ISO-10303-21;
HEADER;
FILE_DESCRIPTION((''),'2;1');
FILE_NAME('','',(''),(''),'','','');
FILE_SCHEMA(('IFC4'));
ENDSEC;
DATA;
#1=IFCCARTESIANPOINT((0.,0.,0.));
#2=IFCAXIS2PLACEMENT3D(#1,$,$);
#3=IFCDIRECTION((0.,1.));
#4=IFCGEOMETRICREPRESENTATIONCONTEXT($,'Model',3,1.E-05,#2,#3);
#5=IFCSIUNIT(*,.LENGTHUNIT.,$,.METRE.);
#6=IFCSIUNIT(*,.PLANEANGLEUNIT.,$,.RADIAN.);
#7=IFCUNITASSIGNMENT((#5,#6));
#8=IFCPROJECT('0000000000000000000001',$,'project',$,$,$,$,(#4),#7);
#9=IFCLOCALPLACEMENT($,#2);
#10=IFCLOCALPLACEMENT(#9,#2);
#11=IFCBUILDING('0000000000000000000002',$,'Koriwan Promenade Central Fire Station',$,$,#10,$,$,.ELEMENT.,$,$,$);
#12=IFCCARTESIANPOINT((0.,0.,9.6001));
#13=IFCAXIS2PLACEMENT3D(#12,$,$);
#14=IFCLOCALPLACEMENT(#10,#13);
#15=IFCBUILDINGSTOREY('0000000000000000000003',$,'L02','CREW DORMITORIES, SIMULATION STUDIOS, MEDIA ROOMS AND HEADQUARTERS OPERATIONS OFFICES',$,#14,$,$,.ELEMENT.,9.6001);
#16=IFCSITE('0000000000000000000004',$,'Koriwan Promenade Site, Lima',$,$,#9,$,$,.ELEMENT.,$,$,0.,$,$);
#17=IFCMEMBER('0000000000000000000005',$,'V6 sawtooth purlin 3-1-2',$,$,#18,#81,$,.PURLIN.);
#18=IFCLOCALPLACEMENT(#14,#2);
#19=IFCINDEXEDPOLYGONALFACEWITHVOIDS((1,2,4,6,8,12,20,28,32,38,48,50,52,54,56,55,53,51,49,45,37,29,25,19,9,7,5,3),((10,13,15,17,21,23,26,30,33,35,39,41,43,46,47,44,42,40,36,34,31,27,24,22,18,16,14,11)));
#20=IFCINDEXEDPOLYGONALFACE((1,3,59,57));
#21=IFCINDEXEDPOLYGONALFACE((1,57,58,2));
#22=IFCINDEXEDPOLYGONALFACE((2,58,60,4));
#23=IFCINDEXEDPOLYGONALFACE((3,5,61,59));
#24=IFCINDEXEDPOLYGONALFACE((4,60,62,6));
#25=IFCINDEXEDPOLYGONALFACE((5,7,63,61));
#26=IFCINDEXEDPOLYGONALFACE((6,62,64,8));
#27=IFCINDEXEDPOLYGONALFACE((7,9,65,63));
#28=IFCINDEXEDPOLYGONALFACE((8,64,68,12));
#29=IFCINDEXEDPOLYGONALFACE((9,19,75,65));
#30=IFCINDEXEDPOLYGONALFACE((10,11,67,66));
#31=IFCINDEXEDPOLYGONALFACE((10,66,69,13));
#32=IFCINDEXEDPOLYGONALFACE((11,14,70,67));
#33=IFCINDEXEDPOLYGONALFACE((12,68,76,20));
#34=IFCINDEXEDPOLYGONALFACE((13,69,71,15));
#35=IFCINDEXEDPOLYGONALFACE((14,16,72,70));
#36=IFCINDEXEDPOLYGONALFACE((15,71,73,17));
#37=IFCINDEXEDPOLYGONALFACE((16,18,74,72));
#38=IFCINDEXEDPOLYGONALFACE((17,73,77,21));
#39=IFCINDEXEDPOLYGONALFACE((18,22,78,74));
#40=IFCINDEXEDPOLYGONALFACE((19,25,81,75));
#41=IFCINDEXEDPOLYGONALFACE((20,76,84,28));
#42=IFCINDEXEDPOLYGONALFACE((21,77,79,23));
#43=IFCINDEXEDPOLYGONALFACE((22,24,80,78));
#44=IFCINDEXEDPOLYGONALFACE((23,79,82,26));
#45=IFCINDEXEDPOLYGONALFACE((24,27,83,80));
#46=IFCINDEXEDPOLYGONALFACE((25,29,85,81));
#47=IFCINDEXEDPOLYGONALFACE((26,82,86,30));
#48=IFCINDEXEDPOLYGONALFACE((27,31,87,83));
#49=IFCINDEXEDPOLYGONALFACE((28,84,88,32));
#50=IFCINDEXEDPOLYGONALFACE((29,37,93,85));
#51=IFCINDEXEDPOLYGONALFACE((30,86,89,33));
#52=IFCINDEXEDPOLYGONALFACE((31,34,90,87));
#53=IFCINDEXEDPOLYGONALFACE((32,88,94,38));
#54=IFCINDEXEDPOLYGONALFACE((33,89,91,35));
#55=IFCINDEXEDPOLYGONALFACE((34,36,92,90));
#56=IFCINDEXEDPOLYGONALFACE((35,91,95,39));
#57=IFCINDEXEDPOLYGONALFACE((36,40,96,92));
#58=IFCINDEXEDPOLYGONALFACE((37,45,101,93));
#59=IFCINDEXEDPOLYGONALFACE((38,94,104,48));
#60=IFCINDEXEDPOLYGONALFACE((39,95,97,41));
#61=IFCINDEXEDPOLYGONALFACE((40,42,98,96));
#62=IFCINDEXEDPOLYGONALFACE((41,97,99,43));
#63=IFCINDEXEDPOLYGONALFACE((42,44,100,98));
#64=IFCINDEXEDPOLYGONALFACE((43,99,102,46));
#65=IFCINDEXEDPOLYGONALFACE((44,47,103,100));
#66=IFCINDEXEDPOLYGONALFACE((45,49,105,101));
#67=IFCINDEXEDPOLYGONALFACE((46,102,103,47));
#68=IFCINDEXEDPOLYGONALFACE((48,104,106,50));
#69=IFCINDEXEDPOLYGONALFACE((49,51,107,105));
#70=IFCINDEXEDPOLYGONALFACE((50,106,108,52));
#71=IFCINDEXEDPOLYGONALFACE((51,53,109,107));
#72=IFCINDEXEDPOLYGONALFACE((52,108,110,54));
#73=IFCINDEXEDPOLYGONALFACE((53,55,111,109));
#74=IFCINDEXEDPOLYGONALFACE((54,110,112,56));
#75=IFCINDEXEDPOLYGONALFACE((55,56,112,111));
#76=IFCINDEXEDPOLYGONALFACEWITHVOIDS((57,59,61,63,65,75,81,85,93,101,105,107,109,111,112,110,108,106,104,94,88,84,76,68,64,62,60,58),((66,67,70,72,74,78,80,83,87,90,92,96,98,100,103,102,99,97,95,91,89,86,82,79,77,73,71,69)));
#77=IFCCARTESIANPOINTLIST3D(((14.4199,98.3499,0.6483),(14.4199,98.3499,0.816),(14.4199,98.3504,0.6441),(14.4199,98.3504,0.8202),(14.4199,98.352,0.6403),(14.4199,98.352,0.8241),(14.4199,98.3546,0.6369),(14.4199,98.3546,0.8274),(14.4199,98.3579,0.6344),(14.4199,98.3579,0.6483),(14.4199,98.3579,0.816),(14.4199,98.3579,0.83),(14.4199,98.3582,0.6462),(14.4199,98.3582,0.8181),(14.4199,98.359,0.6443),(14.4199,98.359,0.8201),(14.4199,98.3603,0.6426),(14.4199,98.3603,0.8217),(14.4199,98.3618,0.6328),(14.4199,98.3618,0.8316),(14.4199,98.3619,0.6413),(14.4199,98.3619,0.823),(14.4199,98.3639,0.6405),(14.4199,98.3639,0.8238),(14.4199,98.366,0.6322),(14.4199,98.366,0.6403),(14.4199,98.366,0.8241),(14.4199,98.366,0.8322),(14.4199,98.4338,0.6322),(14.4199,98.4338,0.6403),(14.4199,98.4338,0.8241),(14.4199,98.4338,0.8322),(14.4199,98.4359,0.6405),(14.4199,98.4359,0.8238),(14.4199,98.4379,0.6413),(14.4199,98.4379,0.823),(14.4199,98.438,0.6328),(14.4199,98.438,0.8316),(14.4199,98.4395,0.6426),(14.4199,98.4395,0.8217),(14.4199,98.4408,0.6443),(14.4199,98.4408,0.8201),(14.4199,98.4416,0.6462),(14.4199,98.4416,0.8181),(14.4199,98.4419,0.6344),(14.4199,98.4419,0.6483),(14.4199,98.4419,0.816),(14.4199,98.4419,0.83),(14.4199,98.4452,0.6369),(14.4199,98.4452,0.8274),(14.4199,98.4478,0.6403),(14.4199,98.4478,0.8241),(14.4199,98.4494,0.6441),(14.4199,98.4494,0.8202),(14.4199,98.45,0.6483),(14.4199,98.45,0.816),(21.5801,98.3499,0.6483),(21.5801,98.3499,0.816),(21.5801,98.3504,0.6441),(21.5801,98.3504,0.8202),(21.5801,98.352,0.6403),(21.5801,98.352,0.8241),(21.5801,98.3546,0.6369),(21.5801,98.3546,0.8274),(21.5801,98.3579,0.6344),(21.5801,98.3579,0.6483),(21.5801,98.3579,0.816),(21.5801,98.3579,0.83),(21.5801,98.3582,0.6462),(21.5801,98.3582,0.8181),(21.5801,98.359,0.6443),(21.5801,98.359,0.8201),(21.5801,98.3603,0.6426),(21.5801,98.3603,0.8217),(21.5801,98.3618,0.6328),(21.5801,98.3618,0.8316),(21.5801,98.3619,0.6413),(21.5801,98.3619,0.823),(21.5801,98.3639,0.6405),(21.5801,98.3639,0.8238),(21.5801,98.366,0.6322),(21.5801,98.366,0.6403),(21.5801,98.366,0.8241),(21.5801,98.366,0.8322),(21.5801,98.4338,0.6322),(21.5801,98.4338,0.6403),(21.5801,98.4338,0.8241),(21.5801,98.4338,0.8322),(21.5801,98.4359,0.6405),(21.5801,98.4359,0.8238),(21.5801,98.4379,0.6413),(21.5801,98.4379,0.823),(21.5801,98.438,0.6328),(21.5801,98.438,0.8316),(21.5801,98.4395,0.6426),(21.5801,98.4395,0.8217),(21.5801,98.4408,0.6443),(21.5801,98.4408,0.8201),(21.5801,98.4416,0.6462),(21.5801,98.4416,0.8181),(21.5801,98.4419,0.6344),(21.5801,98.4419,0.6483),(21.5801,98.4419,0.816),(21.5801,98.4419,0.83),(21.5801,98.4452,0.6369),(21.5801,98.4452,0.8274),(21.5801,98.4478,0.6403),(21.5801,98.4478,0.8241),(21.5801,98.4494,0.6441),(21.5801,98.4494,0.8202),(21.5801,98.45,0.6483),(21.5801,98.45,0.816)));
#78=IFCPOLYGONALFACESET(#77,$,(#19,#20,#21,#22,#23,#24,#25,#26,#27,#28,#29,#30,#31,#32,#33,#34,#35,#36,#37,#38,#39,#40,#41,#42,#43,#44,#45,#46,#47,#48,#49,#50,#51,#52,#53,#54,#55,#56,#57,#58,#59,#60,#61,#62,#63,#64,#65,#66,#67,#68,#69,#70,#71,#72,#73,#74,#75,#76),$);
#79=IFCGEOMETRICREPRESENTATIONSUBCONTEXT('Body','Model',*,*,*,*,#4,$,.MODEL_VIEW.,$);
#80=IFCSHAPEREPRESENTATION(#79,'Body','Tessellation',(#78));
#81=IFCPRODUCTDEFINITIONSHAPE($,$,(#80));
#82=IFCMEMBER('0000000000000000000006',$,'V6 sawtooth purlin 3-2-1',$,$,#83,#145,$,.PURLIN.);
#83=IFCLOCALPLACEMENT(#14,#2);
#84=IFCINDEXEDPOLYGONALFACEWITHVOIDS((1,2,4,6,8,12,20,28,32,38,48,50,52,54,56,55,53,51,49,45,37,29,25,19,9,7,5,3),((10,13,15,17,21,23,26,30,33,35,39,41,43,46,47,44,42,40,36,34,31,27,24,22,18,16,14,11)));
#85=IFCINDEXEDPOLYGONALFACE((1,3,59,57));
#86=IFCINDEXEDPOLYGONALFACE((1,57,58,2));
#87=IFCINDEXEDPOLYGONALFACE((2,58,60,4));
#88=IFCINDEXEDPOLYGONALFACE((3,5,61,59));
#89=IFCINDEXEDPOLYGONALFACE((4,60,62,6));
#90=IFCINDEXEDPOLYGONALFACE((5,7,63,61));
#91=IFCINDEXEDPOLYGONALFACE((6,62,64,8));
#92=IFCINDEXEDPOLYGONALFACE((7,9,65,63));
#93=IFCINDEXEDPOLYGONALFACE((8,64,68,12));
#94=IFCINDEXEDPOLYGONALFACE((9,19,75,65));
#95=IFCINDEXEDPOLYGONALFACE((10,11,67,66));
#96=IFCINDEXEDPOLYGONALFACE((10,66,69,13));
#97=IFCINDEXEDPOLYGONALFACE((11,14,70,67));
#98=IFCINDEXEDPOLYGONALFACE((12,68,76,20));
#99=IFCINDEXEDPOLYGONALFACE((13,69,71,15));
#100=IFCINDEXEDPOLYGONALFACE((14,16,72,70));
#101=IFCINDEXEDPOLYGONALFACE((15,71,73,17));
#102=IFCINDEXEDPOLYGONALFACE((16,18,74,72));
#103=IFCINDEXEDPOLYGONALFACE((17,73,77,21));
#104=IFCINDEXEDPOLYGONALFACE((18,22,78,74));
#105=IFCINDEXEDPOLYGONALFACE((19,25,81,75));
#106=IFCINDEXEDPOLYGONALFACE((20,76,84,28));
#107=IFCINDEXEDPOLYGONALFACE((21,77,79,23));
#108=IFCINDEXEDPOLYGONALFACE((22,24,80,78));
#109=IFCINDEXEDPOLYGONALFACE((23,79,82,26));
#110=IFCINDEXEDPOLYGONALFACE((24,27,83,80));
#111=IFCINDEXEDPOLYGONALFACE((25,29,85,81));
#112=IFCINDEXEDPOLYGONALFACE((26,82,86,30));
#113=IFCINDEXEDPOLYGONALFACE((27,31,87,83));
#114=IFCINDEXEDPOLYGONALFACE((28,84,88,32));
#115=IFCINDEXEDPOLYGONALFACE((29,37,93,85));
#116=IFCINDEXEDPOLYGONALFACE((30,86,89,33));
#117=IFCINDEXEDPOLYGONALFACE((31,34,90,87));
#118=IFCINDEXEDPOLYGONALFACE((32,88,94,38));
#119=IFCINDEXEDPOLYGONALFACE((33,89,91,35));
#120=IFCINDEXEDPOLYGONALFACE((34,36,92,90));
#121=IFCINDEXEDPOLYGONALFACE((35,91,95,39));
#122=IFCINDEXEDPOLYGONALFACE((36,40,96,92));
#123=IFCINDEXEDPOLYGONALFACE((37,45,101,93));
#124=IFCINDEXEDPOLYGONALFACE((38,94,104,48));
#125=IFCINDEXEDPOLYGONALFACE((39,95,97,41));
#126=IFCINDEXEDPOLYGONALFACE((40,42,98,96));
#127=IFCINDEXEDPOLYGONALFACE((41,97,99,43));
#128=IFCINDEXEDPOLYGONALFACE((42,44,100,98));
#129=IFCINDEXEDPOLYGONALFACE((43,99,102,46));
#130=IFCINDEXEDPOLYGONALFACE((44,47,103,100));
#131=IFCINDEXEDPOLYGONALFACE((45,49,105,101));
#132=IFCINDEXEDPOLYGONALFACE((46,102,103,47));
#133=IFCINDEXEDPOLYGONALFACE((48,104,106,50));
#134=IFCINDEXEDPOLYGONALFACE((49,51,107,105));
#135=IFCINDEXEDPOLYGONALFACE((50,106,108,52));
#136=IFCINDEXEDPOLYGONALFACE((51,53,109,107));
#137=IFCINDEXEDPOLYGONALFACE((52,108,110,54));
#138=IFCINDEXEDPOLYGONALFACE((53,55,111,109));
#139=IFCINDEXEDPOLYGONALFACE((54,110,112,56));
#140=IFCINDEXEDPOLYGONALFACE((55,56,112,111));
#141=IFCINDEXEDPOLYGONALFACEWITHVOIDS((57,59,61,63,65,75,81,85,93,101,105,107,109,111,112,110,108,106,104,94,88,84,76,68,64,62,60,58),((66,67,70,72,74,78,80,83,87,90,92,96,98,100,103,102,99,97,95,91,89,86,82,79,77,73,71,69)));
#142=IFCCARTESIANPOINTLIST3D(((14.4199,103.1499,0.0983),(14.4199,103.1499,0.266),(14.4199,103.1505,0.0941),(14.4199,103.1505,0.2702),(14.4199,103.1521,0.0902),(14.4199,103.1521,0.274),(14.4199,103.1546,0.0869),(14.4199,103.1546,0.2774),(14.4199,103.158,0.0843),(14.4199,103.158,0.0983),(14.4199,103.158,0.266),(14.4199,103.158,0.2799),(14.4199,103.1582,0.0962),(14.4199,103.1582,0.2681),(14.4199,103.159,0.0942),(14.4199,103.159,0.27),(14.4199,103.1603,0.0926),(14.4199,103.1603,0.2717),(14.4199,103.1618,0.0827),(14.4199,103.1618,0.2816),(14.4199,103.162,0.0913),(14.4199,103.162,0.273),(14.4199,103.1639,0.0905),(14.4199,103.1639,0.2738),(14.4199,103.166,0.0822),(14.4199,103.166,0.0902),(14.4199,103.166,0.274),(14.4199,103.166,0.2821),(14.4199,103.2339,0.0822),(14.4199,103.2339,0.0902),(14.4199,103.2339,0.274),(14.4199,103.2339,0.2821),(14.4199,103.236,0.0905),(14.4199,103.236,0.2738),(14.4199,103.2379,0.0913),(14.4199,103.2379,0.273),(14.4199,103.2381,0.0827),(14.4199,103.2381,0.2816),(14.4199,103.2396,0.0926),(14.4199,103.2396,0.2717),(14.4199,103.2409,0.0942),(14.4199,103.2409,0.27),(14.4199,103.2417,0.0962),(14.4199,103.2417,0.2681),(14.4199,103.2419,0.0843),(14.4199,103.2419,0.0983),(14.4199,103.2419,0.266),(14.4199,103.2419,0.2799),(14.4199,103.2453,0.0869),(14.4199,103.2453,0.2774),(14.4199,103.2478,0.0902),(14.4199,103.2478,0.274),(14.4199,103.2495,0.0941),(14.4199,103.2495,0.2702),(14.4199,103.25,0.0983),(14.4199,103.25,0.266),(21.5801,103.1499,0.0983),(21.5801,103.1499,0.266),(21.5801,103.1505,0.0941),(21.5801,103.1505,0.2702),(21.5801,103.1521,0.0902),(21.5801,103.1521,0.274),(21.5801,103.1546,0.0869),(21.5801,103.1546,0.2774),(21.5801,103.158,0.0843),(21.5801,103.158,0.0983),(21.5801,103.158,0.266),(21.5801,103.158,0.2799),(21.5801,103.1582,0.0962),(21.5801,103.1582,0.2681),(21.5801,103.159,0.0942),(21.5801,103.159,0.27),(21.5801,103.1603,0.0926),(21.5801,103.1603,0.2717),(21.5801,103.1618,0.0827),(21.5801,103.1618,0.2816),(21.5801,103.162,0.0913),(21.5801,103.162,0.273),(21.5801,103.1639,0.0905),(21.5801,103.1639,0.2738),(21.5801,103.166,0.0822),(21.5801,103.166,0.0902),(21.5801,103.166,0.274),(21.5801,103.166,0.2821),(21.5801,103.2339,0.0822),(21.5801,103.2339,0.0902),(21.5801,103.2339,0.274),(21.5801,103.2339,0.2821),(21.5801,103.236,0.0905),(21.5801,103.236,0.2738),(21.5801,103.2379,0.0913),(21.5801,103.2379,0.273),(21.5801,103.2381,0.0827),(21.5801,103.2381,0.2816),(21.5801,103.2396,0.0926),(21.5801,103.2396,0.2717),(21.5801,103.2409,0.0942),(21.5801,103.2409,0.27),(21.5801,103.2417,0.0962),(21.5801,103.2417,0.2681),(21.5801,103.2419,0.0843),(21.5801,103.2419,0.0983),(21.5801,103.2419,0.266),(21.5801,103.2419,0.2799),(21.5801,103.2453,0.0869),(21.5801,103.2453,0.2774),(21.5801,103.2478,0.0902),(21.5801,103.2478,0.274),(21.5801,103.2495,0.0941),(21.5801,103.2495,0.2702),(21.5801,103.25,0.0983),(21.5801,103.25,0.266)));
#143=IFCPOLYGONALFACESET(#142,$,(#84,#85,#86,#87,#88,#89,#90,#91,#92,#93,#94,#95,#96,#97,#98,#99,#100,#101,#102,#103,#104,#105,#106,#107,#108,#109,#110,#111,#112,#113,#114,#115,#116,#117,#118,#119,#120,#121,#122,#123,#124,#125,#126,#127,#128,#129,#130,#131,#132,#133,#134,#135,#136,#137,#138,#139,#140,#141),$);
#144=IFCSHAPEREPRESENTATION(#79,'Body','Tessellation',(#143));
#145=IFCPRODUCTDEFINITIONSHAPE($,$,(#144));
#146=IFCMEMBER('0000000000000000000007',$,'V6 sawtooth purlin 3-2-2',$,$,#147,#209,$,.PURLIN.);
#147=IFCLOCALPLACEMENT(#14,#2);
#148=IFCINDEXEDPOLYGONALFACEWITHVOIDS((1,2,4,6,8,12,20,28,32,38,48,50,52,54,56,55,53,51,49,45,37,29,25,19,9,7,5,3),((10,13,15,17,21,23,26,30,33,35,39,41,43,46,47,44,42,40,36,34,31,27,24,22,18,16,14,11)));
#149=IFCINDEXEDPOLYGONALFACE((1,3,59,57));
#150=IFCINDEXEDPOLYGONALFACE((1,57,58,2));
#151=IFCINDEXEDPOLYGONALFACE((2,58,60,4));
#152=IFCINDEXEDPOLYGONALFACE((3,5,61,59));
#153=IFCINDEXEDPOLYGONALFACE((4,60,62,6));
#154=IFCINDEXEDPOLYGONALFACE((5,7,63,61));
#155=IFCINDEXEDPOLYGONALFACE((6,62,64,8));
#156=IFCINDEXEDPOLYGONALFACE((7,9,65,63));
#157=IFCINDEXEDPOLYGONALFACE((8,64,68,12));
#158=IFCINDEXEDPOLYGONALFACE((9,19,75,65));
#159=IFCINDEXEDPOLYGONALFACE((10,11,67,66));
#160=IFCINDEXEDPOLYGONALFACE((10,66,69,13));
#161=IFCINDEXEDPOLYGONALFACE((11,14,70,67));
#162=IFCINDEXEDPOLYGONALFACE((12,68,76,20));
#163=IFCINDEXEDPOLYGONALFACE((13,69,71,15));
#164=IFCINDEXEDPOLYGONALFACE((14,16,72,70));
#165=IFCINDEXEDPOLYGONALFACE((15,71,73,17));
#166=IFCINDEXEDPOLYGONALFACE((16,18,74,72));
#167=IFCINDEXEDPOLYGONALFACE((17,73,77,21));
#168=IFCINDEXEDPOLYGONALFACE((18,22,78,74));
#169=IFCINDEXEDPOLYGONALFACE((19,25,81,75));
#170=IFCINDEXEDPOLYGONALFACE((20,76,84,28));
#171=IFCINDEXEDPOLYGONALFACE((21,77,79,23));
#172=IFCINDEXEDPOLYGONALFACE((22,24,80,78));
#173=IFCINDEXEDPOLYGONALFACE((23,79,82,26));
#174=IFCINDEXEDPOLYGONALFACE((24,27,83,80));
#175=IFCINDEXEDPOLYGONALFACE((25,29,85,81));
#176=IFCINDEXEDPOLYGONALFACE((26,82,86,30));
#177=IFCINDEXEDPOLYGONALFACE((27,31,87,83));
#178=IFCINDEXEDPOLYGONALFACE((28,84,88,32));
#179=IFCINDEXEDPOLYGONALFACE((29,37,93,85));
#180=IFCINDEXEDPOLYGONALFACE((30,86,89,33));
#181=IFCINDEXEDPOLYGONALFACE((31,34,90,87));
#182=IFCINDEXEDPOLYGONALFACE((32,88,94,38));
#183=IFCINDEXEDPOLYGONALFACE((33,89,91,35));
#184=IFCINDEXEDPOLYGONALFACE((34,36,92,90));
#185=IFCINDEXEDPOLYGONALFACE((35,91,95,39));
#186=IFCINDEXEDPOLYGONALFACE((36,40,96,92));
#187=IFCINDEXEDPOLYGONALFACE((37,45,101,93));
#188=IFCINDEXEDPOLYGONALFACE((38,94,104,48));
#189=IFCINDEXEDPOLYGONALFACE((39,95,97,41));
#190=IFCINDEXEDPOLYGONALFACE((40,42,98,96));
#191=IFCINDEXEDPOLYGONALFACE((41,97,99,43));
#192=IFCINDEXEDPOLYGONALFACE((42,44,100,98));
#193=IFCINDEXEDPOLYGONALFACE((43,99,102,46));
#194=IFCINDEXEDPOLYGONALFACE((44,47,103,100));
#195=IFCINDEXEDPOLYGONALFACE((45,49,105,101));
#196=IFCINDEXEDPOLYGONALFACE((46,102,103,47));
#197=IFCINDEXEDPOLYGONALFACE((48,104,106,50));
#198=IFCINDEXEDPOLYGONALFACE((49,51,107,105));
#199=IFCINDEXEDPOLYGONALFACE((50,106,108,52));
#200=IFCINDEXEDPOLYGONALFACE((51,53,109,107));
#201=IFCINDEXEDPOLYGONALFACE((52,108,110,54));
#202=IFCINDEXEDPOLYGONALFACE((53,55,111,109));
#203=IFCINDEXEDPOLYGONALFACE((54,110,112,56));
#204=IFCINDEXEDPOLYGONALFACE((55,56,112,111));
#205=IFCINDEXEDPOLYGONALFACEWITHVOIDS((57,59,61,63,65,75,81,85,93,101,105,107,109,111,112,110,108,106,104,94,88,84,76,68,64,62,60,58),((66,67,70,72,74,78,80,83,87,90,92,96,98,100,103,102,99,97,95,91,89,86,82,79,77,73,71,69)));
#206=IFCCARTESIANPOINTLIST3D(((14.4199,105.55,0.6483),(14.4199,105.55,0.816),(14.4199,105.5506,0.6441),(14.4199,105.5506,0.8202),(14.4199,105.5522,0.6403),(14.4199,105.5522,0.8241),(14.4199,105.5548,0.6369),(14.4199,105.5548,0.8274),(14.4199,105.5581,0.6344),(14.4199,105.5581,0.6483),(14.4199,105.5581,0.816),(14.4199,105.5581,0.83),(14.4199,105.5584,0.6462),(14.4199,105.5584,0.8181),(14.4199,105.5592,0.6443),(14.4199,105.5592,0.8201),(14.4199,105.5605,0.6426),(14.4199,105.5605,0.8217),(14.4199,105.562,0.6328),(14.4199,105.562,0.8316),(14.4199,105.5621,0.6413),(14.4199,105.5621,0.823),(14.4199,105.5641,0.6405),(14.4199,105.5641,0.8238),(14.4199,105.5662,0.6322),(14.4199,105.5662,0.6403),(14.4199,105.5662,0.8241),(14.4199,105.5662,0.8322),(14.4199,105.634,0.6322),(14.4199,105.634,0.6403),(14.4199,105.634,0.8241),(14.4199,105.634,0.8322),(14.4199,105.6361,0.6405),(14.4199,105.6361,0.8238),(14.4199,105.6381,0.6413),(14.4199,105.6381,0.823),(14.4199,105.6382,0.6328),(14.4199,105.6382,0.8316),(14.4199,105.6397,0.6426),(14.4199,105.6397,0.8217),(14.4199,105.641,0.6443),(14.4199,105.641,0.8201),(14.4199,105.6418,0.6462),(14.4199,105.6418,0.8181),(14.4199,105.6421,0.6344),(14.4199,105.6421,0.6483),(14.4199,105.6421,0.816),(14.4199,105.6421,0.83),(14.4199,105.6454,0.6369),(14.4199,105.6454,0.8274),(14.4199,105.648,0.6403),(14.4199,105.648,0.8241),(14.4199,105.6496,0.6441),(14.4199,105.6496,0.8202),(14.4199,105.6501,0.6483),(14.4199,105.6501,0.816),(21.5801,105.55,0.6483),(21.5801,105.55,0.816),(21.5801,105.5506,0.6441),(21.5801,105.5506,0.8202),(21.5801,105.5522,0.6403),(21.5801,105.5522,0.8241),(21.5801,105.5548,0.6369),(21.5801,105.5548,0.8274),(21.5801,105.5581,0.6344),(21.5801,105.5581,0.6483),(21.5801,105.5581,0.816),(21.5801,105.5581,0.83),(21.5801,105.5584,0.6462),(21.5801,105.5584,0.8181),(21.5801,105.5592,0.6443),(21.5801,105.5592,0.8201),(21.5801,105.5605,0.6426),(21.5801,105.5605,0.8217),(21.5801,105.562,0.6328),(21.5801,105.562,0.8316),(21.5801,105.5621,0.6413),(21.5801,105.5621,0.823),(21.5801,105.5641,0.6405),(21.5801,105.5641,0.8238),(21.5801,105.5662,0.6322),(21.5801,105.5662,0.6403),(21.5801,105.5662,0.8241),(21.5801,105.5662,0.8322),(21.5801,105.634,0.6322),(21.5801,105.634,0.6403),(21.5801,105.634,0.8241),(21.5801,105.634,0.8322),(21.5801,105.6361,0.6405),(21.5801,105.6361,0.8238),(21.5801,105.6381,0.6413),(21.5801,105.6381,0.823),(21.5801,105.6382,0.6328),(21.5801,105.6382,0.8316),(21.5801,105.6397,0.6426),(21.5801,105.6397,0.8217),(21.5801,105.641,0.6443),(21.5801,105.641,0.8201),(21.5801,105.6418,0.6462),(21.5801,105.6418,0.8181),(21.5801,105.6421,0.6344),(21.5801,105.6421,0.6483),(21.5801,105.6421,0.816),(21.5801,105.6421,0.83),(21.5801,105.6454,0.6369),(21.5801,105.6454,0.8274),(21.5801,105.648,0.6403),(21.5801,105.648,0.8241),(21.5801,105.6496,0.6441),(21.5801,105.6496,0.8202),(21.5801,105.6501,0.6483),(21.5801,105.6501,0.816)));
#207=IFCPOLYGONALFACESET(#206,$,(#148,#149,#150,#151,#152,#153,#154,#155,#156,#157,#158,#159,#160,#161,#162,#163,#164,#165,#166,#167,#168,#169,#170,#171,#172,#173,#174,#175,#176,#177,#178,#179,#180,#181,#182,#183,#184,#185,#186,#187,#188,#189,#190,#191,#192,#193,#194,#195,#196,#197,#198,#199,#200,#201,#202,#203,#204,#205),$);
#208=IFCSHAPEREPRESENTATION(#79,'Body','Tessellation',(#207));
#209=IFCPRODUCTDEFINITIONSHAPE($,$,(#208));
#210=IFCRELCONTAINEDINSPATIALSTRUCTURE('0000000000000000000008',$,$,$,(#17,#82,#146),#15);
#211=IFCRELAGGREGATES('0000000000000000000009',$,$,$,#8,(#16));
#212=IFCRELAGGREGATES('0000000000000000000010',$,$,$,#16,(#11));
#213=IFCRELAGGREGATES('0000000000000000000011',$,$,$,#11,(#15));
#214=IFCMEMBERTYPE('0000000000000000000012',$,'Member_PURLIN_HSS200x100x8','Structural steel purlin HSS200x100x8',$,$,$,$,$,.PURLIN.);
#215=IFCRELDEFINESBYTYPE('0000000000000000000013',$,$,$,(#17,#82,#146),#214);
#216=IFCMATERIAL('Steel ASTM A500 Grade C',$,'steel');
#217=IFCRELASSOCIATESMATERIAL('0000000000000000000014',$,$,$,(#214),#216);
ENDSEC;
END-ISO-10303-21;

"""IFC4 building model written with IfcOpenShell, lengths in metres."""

from ifc_helpers import new_model, si_unit, direction, frame, origin, origin_2d, place, context, subcontext, project, spatial, hollow_rectangle, extrude, material, material_profile, profile_set, type_object, element, save


model = new_model("IFC4")

# Units and contexts
model_context = context("Model", 3, precision=1e-05, world=origin(), true_north=direction((0.0, 1.0)))
body_context = subcontext(model_context, "Body", "Model", "MODEL_VIEW")
ifc_project = project(units=[si_unit("LENGTHUNIT", "METRE"), si_unit("PLANEANGLEUNIT", "RADIAN")], contexts=[model_context])

# Site, building, storey
site_placement = place(None, origin())
site = spatial("IfcSite", under=ifc_project, at=site_placement, Name="Koriwan Promenade Site, Lima", CompositionType="ELEMENT", RefElevation=0.0)
building_placement = place(site_placement, origin())
building = spatial("IfcBuilding", under=site, at=building_placement, Name="Koriwan Promenade Central Fire Station", CompositionType="ELEMENT")
storey_placement = place(building_placement, frame((0.0, 0.0, 9.6001)))
storey = spatial("IfcBuildingStorey", under=building, at=storey_placement, Name="L02", Description="CREW DORMITORIES, SIMULATION STUDIOS, MEDIA ROOMS AND HEADQUARTERS OPERATIONS OFFICES", CompositionType="ELEMENT", Elevation=9.6001)

# Members
ifc_material_1 = material(Name="Steel ASTM A500 Grade C", Category="steel")
ifc_material_profile_1 = material_profile(ifc_material_1, hollow_rectangle(XDim=0.1001, YDim=0.2, WallThickness=0.0081, InnerFilletRadius=0.0081, OuterFilletRadius=0.0161, at=origin_2d()), Name="HSS200x100x8")
ifc_profile_set_1 = profile_set([ifc_material_profile_1], Name="Steel ASTM A500 Grade C")
member_type_1 = type_object("IfcMemberType", Name="Member_PURLIN_HSS200x100x8", Description="Structural steel purlin HSS200x100x8", PredefinedType="PURLIN", material=ifc_profile_set_1)
for number, where, z_axis, x_axis, name in (
    (1, (14.4199, 98.3999, 0.7322), (1.0, 0.0, 0.0), (0.0, 1.0, 0.0), "V6 sawtooth purlin 3-1-2"),
    (2, (14.4199, 103.2, 0.1821), (1.0, 0.0, 0.0), (0.0, 1.0, 0.0), "V6 sawtooth purlin 3-2-1"),
    (3, (14.4199, 105.6001, 0.7322), (1.0, 0.0, 0.0), (0.0, 1.0, 0.0), "V6 sawtooth purlin 3-2-2"),
):
    element("IfcMember", number, at=place(storey_placement, frame(where, z_axis=z_axis, x_axis=x_axis)), inside=storey, type_object=member_type_1, Name=name, PredefinedType="PURLIN", context=body_context, shape_type="SweptSolid", body=[
        extrude(hollow_rectangle(XDim=0.1001, YDim=0.2, WallThickness=0.0081, InnerFilletRadius=0.0081, OuterFilletRadius=0.0161, at=origin_2d()), origin(), (0.0, 0.0, 1.0), 7.1602),
    ])

save(model, "model.ifc")
